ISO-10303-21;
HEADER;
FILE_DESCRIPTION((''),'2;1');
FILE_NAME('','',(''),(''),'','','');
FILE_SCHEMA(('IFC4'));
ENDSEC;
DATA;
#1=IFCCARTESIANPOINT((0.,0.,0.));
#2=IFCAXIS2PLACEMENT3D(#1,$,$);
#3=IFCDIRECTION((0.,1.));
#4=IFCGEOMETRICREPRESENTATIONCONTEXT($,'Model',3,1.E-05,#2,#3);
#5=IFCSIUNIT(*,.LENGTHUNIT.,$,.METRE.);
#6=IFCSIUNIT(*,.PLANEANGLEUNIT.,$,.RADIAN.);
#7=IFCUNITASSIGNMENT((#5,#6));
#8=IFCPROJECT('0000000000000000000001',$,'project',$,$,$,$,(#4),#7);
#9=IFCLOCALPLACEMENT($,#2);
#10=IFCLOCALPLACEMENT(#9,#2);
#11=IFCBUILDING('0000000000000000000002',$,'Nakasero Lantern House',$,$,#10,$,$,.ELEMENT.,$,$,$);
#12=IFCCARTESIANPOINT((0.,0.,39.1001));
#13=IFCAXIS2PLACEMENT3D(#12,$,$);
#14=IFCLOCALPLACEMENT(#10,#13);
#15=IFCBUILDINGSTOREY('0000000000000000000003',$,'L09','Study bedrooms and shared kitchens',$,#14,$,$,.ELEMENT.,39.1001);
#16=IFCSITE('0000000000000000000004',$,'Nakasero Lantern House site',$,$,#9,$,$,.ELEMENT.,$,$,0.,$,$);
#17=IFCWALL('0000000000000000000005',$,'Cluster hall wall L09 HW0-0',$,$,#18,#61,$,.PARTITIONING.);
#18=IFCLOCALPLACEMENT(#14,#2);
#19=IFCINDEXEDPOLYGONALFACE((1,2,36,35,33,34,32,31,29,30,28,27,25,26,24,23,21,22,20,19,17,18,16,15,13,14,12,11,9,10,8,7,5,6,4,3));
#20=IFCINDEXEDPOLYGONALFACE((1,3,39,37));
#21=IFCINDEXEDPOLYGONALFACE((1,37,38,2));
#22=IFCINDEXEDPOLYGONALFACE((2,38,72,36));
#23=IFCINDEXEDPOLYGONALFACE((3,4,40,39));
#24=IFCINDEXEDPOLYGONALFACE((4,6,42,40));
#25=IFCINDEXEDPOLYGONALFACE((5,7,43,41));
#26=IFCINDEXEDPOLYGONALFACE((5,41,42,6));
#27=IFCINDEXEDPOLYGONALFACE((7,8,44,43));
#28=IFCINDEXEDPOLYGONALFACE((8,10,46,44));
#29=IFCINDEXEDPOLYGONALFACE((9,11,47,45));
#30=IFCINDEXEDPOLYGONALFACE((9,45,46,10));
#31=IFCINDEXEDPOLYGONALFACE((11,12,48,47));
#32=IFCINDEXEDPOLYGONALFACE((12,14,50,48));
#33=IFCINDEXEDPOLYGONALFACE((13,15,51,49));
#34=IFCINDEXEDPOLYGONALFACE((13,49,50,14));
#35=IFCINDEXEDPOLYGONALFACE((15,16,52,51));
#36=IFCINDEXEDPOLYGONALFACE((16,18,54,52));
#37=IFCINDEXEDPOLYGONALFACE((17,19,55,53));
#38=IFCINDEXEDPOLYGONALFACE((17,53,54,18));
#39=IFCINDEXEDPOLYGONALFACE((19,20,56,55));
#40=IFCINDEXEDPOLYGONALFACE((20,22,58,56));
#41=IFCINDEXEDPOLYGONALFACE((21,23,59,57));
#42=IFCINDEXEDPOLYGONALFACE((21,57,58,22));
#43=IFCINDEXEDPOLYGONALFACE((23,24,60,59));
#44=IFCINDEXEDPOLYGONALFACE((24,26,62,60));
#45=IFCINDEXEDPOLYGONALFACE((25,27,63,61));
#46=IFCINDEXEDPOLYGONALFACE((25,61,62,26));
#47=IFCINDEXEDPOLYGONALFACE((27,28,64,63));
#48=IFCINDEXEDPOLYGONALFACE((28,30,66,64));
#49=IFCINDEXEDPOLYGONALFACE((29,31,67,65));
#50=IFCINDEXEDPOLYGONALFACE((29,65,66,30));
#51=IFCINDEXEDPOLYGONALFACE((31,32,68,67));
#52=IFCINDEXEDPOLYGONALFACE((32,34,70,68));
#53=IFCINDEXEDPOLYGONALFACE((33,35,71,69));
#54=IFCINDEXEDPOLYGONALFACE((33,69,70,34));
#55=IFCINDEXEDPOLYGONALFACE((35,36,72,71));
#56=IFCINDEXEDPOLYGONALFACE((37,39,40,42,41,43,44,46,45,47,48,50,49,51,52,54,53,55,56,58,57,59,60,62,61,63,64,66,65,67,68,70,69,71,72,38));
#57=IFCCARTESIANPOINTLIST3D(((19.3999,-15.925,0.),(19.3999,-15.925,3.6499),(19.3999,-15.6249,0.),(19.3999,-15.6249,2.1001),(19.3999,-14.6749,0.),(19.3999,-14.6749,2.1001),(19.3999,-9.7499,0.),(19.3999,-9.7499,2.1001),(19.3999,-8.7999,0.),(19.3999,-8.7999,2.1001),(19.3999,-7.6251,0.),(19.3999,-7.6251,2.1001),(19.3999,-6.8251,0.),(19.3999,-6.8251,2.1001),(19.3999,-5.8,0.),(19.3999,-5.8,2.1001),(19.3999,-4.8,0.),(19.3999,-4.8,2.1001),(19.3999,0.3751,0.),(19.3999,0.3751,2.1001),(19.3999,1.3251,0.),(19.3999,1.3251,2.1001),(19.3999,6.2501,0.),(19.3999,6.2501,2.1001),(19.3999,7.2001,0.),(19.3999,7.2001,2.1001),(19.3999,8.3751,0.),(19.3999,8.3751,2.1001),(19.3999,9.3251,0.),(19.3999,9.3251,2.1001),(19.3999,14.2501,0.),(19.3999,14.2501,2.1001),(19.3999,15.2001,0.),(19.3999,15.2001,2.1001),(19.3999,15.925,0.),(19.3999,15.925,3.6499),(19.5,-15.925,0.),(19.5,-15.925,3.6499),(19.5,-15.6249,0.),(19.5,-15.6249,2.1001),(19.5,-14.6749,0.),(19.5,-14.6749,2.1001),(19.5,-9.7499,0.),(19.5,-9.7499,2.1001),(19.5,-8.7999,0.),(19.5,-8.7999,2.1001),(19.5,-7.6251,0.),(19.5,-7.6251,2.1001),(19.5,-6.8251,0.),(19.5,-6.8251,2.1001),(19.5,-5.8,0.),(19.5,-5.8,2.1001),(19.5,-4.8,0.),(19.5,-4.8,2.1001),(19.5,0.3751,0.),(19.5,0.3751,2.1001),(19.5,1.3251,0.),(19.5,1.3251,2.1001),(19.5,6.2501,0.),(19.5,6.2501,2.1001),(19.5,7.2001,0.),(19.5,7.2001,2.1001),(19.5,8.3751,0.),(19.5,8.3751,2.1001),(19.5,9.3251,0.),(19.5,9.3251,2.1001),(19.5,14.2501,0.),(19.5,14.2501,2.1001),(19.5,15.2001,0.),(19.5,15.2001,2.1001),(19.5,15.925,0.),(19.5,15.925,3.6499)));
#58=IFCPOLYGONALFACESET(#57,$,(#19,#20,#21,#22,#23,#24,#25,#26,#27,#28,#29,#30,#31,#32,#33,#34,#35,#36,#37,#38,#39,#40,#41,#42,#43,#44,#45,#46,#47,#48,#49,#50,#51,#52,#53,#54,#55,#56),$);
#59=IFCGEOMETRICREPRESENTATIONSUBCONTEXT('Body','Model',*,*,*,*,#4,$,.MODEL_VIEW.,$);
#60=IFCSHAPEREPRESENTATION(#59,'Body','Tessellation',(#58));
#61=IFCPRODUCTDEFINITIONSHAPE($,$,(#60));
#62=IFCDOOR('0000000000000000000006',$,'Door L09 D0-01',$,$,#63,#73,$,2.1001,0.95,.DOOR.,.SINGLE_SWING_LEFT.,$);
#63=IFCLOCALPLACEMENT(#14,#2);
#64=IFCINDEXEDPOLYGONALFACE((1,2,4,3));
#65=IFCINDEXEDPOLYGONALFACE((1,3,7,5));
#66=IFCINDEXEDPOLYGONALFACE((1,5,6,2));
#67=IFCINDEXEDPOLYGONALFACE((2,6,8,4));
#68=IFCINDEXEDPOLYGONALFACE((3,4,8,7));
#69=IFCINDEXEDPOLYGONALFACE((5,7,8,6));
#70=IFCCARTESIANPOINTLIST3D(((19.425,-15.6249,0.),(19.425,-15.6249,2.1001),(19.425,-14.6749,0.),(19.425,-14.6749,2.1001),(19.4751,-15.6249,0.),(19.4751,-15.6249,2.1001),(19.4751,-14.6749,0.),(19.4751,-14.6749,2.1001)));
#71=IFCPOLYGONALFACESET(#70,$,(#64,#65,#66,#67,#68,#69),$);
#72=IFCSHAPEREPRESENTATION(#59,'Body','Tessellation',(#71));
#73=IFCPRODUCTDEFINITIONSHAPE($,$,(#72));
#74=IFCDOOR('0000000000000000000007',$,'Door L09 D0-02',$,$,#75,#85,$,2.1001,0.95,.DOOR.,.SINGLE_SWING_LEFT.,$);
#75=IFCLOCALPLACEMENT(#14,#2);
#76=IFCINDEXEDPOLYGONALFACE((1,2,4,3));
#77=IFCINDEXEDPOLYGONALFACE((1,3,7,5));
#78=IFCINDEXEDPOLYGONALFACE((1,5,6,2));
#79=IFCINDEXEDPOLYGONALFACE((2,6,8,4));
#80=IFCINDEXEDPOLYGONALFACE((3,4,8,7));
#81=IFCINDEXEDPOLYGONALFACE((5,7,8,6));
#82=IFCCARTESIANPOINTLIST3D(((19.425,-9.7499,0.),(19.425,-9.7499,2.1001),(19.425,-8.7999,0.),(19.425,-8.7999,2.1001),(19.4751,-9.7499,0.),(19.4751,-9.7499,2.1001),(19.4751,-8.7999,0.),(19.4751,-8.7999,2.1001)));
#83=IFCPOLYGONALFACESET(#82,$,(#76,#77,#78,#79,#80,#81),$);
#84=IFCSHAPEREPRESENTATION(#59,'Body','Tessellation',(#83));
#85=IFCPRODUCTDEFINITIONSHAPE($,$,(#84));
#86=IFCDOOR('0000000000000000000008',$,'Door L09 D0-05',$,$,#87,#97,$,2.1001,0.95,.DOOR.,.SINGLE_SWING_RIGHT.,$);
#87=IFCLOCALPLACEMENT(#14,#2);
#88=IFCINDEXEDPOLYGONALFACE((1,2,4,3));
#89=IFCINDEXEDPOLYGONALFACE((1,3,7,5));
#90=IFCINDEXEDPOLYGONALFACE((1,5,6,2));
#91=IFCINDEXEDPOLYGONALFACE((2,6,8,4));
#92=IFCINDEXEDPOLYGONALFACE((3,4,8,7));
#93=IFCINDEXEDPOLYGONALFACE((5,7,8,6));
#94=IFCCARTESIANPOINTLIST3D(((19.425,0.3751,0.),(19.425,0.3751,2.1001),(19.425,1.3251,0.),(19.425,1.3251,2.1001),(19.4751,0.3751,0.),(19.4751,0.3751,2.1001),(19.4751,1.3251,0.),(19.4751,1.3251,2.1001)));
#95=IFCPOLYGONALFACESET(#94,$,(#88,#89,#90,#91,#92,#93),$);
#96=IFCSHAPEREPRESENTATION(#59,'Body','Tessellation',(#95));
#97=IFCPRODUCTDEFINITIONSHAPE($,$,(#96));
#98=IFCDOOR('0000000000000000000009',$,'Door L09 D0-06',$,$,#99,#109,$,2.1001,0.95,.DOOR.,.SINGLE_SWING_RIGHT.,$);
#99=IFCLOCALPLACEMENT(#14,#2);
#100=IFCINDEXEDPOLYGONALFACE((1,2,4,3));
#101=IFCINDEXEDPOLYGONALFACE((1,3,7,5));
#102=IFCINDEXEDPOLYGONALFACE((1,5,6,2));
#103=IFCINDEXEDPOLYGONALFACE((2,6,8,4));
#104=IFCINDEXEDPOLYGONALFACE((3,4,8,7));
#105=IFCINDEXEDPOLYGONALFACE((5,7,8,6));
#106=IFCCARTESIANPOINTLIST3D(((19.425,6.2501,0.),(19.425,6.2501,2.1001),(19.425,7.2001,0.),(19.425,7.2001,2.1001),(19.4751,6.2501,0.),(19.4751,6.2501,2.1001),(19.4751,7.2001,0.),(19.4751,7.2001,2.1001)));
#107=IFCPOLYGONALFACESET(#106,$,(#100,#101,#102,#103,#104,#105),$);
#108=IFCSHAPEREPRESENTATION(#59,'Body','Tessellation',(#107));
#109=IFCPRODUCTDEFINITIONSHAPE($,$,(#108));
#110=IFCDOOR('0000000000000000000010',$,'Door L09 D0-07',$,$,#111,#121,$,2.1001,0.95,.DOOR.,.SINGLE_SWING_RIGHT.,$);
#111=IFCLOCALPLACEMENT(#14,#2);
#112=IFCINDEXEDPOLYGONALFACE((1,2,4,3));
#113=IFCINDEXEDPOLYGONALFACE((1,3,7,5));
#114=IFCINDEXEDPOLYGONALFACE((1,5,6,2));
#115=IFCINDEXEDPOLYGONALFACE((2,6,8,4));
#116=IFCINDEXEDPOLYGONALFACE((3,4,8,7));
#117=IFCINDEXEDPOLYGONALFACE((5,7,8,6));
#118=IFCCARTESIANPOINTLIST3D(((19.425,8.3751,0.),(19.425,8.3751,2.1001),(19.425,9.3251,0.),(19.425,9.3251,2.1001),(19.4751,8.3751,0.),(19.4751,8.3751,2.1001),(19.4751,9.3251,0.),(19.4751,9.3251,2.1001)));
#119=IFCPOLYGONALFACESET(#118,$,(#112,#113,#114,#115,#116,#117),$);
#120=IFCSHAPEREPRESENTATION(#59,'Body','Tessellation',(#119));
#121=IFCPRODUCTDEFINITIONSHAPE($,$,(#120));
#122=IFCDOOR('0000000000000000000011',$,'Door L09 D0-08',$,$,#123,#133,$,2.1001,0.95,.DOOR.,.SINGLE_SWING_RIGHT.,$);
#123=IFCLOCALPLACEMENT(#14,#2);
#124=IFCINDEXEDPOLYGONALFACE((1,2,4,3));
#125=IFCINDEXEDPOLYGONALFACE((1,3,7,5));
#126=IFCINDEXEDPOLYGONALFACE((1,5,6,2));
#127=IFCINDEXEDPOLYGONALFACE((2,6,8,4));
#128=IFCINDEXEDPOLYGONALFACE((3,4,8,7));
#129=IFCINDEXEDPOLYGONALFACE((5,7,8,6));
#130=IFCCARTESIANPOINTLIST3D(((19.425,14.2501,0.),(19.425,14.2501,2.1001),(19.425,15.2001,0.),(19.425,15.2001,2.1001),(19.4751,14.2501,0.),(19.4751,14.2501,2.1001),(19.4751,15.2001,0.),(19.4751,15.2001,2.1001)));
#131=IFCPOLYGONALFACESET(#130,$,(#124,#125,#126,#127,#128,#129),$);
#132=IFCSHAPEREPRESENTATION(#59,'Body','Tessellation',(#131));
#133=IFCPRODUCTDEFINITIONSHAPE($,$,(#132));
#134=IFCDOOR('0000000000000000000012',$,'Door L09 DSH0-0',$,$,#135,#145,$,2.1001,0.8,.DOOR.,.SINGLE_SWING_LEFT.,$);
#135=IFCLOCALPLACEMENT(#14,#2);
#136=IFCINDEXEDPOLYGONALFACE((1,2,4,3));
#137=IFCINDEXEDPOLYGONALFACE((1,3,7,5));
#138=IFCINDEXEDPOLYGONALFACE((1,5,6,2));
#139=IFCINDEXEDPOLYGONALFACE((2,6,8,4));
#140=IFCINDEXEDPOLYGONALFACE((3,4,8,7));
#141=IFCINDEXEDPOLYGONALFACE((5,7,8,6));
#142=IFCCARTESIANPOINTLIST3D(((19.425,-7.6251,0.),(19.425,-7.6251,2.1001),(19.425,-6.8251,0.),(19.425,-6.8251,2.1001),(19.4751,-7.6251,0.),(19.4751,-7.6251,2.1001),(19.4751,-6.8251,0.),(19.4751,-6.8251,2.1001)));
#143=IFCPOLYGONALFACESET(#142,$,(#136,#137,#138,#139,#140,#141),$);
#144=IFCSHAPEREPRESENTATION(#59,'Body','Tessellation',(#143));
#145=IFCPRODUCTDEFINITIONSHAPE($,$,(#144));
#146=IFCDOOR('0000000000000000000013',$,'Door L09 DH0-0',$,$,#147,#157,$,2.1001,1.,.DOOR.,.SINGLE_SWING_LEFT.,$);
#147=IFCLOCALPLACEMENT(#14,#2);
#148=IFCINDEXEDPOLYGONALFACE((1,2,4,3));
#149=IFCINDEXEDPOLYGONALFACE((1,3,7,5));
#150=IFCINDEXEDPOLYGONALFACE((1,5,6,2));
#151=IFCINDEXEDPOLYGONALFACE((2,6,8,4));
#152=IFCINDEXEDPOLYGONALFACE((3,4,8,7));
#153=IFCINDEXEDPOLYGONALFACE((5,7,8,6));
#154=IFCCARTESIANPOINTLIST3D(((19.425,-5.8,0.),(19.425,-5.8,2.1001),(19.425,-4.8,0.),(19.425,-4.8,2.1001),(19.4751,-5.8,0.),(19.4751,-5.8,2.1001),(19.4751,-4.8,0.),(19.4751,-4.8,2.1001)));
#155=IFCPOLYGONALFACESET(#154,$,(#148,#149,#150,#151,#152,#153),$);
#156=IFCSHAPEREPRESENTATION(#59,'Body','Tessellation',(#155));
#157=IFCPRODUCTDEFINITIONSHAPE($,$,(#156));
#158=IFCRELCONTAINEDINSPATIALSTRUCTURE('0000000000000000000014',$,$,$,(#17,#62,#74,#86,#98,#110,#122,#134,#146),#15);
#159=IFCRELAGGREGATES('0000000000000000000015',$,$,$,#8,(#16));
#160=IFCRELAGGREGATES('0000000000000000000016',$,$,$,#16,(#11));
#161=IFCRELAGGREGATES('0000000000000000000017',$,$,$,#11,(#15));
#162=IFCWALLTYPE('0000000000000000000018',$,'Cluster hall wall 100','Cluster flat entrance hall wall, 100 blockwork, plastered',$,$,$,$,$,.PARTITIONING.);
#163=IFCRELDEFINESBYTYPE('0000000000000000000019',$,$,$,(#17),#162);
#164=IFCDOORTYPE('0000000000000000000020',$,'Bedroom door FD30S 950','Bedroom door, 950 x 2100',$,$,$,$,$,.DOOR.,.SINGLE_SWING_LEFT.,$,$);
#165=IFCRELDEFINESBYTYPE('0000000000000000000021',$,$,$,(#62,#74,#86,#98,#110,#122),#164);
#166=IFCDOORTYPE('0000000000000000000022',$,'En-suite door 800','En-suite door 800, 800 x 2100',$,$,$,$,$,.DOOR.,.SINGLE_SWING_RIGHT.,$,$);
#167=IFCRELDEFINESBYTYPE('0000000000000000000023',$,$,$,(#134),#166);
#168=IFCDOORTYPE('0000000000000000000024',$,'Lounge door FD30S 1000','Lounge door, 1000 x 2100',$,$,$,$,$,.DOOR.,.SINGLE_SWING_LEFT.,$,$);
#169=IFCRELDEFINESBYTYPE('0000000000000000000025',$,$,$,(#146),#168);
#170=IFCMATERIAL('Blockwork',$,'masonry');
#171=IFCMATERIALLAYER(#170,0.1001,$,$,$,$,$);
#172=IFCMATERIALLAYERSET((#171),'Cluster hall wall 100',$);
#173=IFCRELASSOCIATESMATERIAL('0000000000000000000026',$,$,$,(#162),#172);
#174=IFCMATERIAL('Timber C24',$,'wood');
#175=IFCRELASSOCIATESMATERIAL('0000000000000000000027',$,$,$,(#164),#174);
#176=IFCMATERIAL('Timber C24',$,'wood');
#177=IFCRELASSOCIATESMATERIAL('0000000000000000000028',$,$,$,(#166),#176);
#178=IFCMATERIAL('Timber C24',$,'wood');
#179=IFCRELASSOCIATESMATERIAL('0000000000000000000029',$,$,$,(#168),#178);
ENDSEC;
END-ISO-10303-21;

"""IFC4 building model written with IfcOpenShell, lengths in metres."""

from ifc_helpers import new_model, si_unit, direction, frame, frame_2d, origin, place, context, subcontext, project, spatial, rectangle, extrude, material, layer, layer_set, type_object, element, fill, save


model = new_model("IFC4")

# Units and contexts
model_context = context("Model", 3, precision=1e-05, world=origin(), true_north=direction((0.0, 1.0)))
body_context = subcontext(model_context, "Body", "Model", "MODEL_VIEW")
ifc_project = project(units=[si_unit("LENGTHUNIT", "METRE"), si_unit("PLANEANGLEUNIT", "RADIAN")], contexts=[model_context])

# Site, building, storey
site_placement = place(None, origin())
site = spatial("IfcSite", under=ifc_project, at=site_placement, Name="Nakasero Lantern House site", CompositionType="ELEMENT", RefElevation=0.0)
building_placement = place(site_placement, origin())
building = spatial("IfcBuilding", under=site, at=building_placement, Name="Nakasero Lantern House", CompositionType="ELEMENT")
storey_placement = place(building_placement, frame((0.0, 0.0, 39.1001)))
storey = spatial("IfcBuildingStorey", under=building, at=storey_placement, Name="L09", Description="Study bedrooms and shared kitchens", CompositionType="ELEMENT", Elevation=39.1001)

# Wall, openings, doors
ifc_material_1 = material(Name="Blockwork", Category="masonry")
ifc_layer_1 = layer(ifc_material_1, 0.1001)
ifc_layer_set_1 = layer_set([ifc_layer_1], Name="Cluster hall wall 100")
wall_type_1 = type_object("IfcWallType", Name="Cluster hall wall 100", Description="Cluster flat entrance hall wall, 100 blockwork, plastered", PredefinedType="PARTITIONING", material=ifc_layer_set_1)
wall_1_placement = place(storey_placement, frame((19.45, -15.925, 0.0), z_axis=(0.0, 0.0, 1.0), x_axis=(0.0, 1.0, 0.0)))
wall_1 = element("IfcWall", 1, at=wall_1_placement, inside=storey, type_object=wall_type_1, Name="Cluster hall wall L09 HW0-0", PredefinedType="PARTITIONING", context=body_context, shape_type="SweptSolid", body=[
    extrude(rectangle(XDim=31.8501, YDim=0.1001, at=frame_2d((15.925, 0.0))), origin(), (0.0, 0.0, 1.0), 3.6499),
])
opening_1_placement = place(wall_1_placement, frame((10.125, 0.0, 0.0)))
opening_1 = element("IfcOpeningElement", 2, at=opening_1_placement, cuts=wall_1, PredefinedType="OPENING", context=body_context, shape_type="SweptSolid", body=[
    extrude(rectangle(XDim=1.0, YDim=2.1001, at=frame_2d((0.5, 1.05))), frame((0.0, 0.0701, 0.0), z_axis=(0.0, -1.0, 0.0), x_axis=(1.0, 0.0, 0.0)), (0.0, 0.0, 1.0), 0.1401),
])
opening_2_placement = place(wall_1_placement, frame((8.3, 0.0, 0.0)))
opening_2 = element("IfcOpeningElement", 3, at=opening_2_placement, cuts=wall_1, PredefinedType="OPENING", context=body_context, shape_type="SweptSolid", body=[
    extrude(rectangle(XDim=0.8, YDim=2.1001, at=frame_2d((0.3999, 1.05))), frame((0.0, 0.0701, 0.0), z_axis=(0.0, -1.0, 0.0), x_axis=(1.0, 0.0, 0.0)), (0.0, 0.0, 1.0), 0.1401),
])
opening_3_placement = place(wall_1_placement, frame((0.3, 0.0, 0.0)))
opening_3 = element("IfcOpeningElement", 4, at=opening_3_placement, cuts=wall_1, PredefinedType="OPENING", context=body_context, shape_type="SweptSolid", body=[
    extrude(rectangle(XDim=0.95, YDim=2.1001, at=frame_2d((0.4751, 1.05))), frame((0.0, 0.0701, 0.0), z_axis=(0.0, -1.0, 0.0), x_axis=(1.0, 0.0, 0.0)), (0.0, 0.0, 1.0), 0.1401),
])
opening_4_placement = place(wall_1_placement, frame((6.175, 0.0, 0.0)))
opening_4 = element("IfcOpeningElement", 5, at=opening_4_placement, cuts=wall_1, PredefinedType="OPENING", context=body_context, shape_type="SweptSolid", body=[
    extrude(rectangle(XDim=0.95, YDim=2.1001, at=frame_2d((0.4751, 1.05))), frame((0.0, 0.0701, 0.0), z_axis=(0.0, -1.0, 0.0), x_axis=(1.0, 0.0, 0.0)), (0.0, 0.0, 1.0), 0.1401),
])
opening_5_placement = place(wall_1_placement, frame((16.3, 0.0, 0.0)))
opening_5 = element("IfcOpeningElement", 6, at=opening_5_placement, cuts=wall_1, PredefinedType="OPENING", context=body_context, shape_type="SweptSolid", body=[
    extrude(rectangle(XDim=0.95, YDim=2.1001, at=frame_2d((0.4751, 1.05))), frame((0.0, 0.0701, 0.0), z_axis=(0.0, -1.0, 0.0), x_axis=(1.0, 0.0, 0.0)), (0.0, 0.0, 1.0), 0.1401),
])
opening_6_placement = place(wall_1_placement, frame((22.175, 0.0, 0.0)))
opening_6 = element("IfcOpeningElement", 7, at=opening_6_placement, cuts=wall_1, PredefinedType="OPENING", context=body_context, shape_type="SweptSolid", body=[
    extrude(rectangle(XDim=0.95, YDim=2.1001, at=frame_2d((0.4751, 1.05))), frame((0.0, 0.0701, 0.0), z_axis=(0.0, -1.0, 0.0), x_axis=(1.0, 0.0, 0.0)), (0.0, 0.0, 1.0), 0.1401),
])
opening_7_placement = place(wall_1_placement, frame((24.3, 0.0, 0.0)))
opening_7 = element("IfcOpeningElement", 8, at=opening_7_placement, cuts=wall_1, PredefinedType="OPENING", context=body_context, shape_type="SweptSolid", body=[
    extrude(rectangle(XDim=0.95, YDim=2.1001, at=frame_2d((0.4751, 1.05))), frame((0.0, 0.0701, 0.0), z_axis=(0.0, -1.0, 0.0), x_axis=(1.0, 0.0, 0.0)), (0.0, 0.0, 1.0), 0.1401),
])
opening_8_placement = place(wall_1_placement, frame((30.175, 0.0, 0.0)))
opening_8 = element("IfcOpeningElement", 9, at=opening_8_placement, cuts=wall_1, PredefinedType="OPENING", context=body_context, shape_type="SweptSolid", body=[
    extrude(rectangle(XDim=0.95, YDim=2.1001, at=frame_2d((0.4751, 1.05))), frame((0.0, 0.0701, 0.0), z_axis=(0.0, -1.0, 0.0), x_axis=(1.0, 0.0, 0.0)), (0.0, 0.0, 1.0), 0.1401),
])
ifc_material_2 = material(Name="Timber C24", Category="wood")
door_type_1 = type_object("IfcDoorType", Name="Bedroom door FD30S 950", Description="Bedroom door, 950 x 2100", OperationType="SINGLE_SWING_LEFT", PredefinedType="DOOR", material=ifc_material_2)
door_1_placement = place(opening_3_placement, origin())
door_1 = element("IfcDoor", 10, at=door_1_placement, inside=storey, type_object=door_type_1, Name="Door L09 D0-01", OperationType="SINGLE_SWING_LEFT", OverallHeight=2.1001, OverallWidth=0.95, PredefinedType="DOOR", context=body_context, shape_type="SweptSolid", body=[
    extrude(rectangle(XDim=0.95, YDim=2.1001, at=frame_2d((0.4751, 1.05))), frame((0.0, 0.0249, 0.0), z_axis=(0.0, -1.0, 0.0), x_axis=(1.0, 0.0, 0.0)), (0.0, 0.0, 1.0), 0.05),
])
fill(opening_3, door_1)
door_2_placement = place(opening_4_placement, origin())
door_2 = element("IfcDoor", 11, at=door_2_placement, inside=storey, type_object=door_type_1, Name="Door L09 D0-02", OperationType="SINGLE_SWING_LEFT", OverallHeight=2.1001, OverallWidth=0.95, PredefinedType="DOOR", context=body_context, shape_type="SweptSolid", body=[
    extrude(rectangle(XDim=0.95, YDim=2.1001, at=frame_2d((0.4751, 1.05))), frame((0.0, 0.0249, 0.0), z_axis=(0.0, -1.0, 0.0), x_axis=(1.0, 0.0, 0.0)), (0.0, 0.0, 1.0), 0.05),
])
fill(opening_4, door_2)
door_3_placement = place(opening_5_placement, origin())
door_3 = element("IfcDoor", 12, at=door_3_placement, inside=storey, type_object=door_type_1, Name="Door L09 D0-05", OperationType="SINGLE_SWING_RIGHT", OverallHeight=2.1001, OverallWidth=0.95, PredefinedType="DOOR", context=body_context, shape_type="SweptSolid", body=[
    extrude(rectangle(XDim=0.95, YDim=2.1001, at=frame_2d((0.4751, 1.05))), frame((0.0, 0.0249, 0.0), z_axis=(0.0, -1.0, 0.0), x_axis=(1.0, 0.0, 0.0)), (0.0, 0.0, 1.0), 0.05),
])
fill(opening_5, door_3)
door_4_placement = place(opening_6_placement, origin())
door_4 = element("IfcDoor", 13, at=door_4_placement, inside=storey, type_object=door_type_1, Name="Door L09 D0-06", OperationType="SINGLE_SWING_RIGHT", OverallHeight=2.1001, OverallWidth=0.95, PredefinedType="DOOR", context=body_context, shape_type="SweptSolid", body=[
    extrude(rectangle(XDim=0.95, YDim=2.1001, at=frame_2d((0.4751, 1.05))), frame((0.0, 0.0249, 0.0), z_axis=(0.0, -1.0, 0.0), x_axis=(1.0, 0.0, 0.0)), (0.0, 0.0, 1.0), 0.05),
])
fill(opening_6, door_4)
door_5_placement = place(opening_7_placement, origin())
door_5 = element("IfcDoor", 14, at=door_5_placement, inside=storey, type_object=door_type_1, Name="Door L09 D0-07", OperationType="SINGLE_SWING_RIGHT", OverallHeight=2.1001, OverallWidth=0.95, PredefinedType="DOOR", context=body_context, shape_type="SweptSolid", body=[
    extrude(rectangle(XDim=0.95, YDim=2.1001, at=frame_2d((0.4751, 1.05))), frame((0.0, 0.0249, 0.0), z_axis=(0.0, -1.0, 0.0), x_axis=(1.0, 0.0, 0.0)), (0.0, 0.0, 1.0), 0.05),
])
fill(opening_7, door_5)
door_6_placement = place(opening_8_placement, origin())
door_6 = element("IfcDoor", 15, at=door_6_placement, inside=storey, type_object=door_type_1, Name="Door L09 D0-08", OperationType="SINGLE_SWING_RIGHT", OverallHeight=2.1001, OverallWidth=0.95, PredefinedType="DOOR", context=body_context, shape_type="SweptSolid", body=[
    extrude(rectangle(XDim=0.95, YDim=2.1001, at=frame_2d((0.4751, 1.05))), frame((0.0, 0.0249, 0.0), z_axis=(0.0, -1.0, 0.0), x_axis=(1.0, 0.0, 0.0)), (0.0, 0.0, 1.0), 0.05),
])
fill(opening_8, door_6)
ifc_material_3 = material(Name="Timber C24", Category="wood")
door_type_2 = type_object("IfcDoorType", Name="En-suite door 800", Description="En-suite door 800, 800 x 2100", OperationType="SINGLE_SWING_RIGHT", PredefinedType="DOOR", material=ifc_material_3)
door_7_placement = place(opening_2_placement, origin())
door_7 = element("IfcDoor", 16, at=door_7_placement, inside=storey, type_object=door_type_2, Name="Door L09 DSH0-0", OperationType="SINGLE_SWING_LEFT", OverallHeight=2.1001, OverallWidth=0.8, PredefinedType="DOOR", context=body_context, shape_type="SweptSolid", body=[
    extrude(rectangle(XDim=0.8, YDim=2.1001, at=frame_2d((0.3999, 1.05))), frame((0.0, 0.0249, 0.0), z_axis=(0.0, -1.0, 0.0), x_axis=(1.0, 0.0, 0.0)), (0.0, 0.0, 1.0), 0.05),
])
fill(opening_2, door_7)
ifc_material_4 = material(Name="Timber C24", Category="wood")
door_type_3 = type_object("IfcDoorType", Name="Lounge door FD30S 1000", Description="Lounge door, 1000 x 2100", OperationType="SINGLE_SWING_LEFT", PredefinedType="DOOR", material=ifc_material_4)
door_8_placement = place(opening_1_placement, origin())
door_8 = element("IfcDoor", 17, at=door_8_placement, inside=storey, type_object=door_type_3, Name="Door L09 DH0-0", OperationType="SINGLE_SWING_LEFT", OverallHeight=2.1001, OverallWidth=1.0, PredefinedType="DOOR", context=body_context, shape_type="SweptSolid", body=[
    extrude(rectangle(XDim=1.0, YDim=2.1001, at=frame_2d((0.5, 1.05))), frame((0.0, 0.0249, 0.0), z_axis=(0.0, -1.0, 0.0), x_axis=(1.0, 0.0, 0.0)), (0.0, 0.0, 1.0), 0.05),
])
fill(opening_1, door_8)

save(model, "model.ifc")
